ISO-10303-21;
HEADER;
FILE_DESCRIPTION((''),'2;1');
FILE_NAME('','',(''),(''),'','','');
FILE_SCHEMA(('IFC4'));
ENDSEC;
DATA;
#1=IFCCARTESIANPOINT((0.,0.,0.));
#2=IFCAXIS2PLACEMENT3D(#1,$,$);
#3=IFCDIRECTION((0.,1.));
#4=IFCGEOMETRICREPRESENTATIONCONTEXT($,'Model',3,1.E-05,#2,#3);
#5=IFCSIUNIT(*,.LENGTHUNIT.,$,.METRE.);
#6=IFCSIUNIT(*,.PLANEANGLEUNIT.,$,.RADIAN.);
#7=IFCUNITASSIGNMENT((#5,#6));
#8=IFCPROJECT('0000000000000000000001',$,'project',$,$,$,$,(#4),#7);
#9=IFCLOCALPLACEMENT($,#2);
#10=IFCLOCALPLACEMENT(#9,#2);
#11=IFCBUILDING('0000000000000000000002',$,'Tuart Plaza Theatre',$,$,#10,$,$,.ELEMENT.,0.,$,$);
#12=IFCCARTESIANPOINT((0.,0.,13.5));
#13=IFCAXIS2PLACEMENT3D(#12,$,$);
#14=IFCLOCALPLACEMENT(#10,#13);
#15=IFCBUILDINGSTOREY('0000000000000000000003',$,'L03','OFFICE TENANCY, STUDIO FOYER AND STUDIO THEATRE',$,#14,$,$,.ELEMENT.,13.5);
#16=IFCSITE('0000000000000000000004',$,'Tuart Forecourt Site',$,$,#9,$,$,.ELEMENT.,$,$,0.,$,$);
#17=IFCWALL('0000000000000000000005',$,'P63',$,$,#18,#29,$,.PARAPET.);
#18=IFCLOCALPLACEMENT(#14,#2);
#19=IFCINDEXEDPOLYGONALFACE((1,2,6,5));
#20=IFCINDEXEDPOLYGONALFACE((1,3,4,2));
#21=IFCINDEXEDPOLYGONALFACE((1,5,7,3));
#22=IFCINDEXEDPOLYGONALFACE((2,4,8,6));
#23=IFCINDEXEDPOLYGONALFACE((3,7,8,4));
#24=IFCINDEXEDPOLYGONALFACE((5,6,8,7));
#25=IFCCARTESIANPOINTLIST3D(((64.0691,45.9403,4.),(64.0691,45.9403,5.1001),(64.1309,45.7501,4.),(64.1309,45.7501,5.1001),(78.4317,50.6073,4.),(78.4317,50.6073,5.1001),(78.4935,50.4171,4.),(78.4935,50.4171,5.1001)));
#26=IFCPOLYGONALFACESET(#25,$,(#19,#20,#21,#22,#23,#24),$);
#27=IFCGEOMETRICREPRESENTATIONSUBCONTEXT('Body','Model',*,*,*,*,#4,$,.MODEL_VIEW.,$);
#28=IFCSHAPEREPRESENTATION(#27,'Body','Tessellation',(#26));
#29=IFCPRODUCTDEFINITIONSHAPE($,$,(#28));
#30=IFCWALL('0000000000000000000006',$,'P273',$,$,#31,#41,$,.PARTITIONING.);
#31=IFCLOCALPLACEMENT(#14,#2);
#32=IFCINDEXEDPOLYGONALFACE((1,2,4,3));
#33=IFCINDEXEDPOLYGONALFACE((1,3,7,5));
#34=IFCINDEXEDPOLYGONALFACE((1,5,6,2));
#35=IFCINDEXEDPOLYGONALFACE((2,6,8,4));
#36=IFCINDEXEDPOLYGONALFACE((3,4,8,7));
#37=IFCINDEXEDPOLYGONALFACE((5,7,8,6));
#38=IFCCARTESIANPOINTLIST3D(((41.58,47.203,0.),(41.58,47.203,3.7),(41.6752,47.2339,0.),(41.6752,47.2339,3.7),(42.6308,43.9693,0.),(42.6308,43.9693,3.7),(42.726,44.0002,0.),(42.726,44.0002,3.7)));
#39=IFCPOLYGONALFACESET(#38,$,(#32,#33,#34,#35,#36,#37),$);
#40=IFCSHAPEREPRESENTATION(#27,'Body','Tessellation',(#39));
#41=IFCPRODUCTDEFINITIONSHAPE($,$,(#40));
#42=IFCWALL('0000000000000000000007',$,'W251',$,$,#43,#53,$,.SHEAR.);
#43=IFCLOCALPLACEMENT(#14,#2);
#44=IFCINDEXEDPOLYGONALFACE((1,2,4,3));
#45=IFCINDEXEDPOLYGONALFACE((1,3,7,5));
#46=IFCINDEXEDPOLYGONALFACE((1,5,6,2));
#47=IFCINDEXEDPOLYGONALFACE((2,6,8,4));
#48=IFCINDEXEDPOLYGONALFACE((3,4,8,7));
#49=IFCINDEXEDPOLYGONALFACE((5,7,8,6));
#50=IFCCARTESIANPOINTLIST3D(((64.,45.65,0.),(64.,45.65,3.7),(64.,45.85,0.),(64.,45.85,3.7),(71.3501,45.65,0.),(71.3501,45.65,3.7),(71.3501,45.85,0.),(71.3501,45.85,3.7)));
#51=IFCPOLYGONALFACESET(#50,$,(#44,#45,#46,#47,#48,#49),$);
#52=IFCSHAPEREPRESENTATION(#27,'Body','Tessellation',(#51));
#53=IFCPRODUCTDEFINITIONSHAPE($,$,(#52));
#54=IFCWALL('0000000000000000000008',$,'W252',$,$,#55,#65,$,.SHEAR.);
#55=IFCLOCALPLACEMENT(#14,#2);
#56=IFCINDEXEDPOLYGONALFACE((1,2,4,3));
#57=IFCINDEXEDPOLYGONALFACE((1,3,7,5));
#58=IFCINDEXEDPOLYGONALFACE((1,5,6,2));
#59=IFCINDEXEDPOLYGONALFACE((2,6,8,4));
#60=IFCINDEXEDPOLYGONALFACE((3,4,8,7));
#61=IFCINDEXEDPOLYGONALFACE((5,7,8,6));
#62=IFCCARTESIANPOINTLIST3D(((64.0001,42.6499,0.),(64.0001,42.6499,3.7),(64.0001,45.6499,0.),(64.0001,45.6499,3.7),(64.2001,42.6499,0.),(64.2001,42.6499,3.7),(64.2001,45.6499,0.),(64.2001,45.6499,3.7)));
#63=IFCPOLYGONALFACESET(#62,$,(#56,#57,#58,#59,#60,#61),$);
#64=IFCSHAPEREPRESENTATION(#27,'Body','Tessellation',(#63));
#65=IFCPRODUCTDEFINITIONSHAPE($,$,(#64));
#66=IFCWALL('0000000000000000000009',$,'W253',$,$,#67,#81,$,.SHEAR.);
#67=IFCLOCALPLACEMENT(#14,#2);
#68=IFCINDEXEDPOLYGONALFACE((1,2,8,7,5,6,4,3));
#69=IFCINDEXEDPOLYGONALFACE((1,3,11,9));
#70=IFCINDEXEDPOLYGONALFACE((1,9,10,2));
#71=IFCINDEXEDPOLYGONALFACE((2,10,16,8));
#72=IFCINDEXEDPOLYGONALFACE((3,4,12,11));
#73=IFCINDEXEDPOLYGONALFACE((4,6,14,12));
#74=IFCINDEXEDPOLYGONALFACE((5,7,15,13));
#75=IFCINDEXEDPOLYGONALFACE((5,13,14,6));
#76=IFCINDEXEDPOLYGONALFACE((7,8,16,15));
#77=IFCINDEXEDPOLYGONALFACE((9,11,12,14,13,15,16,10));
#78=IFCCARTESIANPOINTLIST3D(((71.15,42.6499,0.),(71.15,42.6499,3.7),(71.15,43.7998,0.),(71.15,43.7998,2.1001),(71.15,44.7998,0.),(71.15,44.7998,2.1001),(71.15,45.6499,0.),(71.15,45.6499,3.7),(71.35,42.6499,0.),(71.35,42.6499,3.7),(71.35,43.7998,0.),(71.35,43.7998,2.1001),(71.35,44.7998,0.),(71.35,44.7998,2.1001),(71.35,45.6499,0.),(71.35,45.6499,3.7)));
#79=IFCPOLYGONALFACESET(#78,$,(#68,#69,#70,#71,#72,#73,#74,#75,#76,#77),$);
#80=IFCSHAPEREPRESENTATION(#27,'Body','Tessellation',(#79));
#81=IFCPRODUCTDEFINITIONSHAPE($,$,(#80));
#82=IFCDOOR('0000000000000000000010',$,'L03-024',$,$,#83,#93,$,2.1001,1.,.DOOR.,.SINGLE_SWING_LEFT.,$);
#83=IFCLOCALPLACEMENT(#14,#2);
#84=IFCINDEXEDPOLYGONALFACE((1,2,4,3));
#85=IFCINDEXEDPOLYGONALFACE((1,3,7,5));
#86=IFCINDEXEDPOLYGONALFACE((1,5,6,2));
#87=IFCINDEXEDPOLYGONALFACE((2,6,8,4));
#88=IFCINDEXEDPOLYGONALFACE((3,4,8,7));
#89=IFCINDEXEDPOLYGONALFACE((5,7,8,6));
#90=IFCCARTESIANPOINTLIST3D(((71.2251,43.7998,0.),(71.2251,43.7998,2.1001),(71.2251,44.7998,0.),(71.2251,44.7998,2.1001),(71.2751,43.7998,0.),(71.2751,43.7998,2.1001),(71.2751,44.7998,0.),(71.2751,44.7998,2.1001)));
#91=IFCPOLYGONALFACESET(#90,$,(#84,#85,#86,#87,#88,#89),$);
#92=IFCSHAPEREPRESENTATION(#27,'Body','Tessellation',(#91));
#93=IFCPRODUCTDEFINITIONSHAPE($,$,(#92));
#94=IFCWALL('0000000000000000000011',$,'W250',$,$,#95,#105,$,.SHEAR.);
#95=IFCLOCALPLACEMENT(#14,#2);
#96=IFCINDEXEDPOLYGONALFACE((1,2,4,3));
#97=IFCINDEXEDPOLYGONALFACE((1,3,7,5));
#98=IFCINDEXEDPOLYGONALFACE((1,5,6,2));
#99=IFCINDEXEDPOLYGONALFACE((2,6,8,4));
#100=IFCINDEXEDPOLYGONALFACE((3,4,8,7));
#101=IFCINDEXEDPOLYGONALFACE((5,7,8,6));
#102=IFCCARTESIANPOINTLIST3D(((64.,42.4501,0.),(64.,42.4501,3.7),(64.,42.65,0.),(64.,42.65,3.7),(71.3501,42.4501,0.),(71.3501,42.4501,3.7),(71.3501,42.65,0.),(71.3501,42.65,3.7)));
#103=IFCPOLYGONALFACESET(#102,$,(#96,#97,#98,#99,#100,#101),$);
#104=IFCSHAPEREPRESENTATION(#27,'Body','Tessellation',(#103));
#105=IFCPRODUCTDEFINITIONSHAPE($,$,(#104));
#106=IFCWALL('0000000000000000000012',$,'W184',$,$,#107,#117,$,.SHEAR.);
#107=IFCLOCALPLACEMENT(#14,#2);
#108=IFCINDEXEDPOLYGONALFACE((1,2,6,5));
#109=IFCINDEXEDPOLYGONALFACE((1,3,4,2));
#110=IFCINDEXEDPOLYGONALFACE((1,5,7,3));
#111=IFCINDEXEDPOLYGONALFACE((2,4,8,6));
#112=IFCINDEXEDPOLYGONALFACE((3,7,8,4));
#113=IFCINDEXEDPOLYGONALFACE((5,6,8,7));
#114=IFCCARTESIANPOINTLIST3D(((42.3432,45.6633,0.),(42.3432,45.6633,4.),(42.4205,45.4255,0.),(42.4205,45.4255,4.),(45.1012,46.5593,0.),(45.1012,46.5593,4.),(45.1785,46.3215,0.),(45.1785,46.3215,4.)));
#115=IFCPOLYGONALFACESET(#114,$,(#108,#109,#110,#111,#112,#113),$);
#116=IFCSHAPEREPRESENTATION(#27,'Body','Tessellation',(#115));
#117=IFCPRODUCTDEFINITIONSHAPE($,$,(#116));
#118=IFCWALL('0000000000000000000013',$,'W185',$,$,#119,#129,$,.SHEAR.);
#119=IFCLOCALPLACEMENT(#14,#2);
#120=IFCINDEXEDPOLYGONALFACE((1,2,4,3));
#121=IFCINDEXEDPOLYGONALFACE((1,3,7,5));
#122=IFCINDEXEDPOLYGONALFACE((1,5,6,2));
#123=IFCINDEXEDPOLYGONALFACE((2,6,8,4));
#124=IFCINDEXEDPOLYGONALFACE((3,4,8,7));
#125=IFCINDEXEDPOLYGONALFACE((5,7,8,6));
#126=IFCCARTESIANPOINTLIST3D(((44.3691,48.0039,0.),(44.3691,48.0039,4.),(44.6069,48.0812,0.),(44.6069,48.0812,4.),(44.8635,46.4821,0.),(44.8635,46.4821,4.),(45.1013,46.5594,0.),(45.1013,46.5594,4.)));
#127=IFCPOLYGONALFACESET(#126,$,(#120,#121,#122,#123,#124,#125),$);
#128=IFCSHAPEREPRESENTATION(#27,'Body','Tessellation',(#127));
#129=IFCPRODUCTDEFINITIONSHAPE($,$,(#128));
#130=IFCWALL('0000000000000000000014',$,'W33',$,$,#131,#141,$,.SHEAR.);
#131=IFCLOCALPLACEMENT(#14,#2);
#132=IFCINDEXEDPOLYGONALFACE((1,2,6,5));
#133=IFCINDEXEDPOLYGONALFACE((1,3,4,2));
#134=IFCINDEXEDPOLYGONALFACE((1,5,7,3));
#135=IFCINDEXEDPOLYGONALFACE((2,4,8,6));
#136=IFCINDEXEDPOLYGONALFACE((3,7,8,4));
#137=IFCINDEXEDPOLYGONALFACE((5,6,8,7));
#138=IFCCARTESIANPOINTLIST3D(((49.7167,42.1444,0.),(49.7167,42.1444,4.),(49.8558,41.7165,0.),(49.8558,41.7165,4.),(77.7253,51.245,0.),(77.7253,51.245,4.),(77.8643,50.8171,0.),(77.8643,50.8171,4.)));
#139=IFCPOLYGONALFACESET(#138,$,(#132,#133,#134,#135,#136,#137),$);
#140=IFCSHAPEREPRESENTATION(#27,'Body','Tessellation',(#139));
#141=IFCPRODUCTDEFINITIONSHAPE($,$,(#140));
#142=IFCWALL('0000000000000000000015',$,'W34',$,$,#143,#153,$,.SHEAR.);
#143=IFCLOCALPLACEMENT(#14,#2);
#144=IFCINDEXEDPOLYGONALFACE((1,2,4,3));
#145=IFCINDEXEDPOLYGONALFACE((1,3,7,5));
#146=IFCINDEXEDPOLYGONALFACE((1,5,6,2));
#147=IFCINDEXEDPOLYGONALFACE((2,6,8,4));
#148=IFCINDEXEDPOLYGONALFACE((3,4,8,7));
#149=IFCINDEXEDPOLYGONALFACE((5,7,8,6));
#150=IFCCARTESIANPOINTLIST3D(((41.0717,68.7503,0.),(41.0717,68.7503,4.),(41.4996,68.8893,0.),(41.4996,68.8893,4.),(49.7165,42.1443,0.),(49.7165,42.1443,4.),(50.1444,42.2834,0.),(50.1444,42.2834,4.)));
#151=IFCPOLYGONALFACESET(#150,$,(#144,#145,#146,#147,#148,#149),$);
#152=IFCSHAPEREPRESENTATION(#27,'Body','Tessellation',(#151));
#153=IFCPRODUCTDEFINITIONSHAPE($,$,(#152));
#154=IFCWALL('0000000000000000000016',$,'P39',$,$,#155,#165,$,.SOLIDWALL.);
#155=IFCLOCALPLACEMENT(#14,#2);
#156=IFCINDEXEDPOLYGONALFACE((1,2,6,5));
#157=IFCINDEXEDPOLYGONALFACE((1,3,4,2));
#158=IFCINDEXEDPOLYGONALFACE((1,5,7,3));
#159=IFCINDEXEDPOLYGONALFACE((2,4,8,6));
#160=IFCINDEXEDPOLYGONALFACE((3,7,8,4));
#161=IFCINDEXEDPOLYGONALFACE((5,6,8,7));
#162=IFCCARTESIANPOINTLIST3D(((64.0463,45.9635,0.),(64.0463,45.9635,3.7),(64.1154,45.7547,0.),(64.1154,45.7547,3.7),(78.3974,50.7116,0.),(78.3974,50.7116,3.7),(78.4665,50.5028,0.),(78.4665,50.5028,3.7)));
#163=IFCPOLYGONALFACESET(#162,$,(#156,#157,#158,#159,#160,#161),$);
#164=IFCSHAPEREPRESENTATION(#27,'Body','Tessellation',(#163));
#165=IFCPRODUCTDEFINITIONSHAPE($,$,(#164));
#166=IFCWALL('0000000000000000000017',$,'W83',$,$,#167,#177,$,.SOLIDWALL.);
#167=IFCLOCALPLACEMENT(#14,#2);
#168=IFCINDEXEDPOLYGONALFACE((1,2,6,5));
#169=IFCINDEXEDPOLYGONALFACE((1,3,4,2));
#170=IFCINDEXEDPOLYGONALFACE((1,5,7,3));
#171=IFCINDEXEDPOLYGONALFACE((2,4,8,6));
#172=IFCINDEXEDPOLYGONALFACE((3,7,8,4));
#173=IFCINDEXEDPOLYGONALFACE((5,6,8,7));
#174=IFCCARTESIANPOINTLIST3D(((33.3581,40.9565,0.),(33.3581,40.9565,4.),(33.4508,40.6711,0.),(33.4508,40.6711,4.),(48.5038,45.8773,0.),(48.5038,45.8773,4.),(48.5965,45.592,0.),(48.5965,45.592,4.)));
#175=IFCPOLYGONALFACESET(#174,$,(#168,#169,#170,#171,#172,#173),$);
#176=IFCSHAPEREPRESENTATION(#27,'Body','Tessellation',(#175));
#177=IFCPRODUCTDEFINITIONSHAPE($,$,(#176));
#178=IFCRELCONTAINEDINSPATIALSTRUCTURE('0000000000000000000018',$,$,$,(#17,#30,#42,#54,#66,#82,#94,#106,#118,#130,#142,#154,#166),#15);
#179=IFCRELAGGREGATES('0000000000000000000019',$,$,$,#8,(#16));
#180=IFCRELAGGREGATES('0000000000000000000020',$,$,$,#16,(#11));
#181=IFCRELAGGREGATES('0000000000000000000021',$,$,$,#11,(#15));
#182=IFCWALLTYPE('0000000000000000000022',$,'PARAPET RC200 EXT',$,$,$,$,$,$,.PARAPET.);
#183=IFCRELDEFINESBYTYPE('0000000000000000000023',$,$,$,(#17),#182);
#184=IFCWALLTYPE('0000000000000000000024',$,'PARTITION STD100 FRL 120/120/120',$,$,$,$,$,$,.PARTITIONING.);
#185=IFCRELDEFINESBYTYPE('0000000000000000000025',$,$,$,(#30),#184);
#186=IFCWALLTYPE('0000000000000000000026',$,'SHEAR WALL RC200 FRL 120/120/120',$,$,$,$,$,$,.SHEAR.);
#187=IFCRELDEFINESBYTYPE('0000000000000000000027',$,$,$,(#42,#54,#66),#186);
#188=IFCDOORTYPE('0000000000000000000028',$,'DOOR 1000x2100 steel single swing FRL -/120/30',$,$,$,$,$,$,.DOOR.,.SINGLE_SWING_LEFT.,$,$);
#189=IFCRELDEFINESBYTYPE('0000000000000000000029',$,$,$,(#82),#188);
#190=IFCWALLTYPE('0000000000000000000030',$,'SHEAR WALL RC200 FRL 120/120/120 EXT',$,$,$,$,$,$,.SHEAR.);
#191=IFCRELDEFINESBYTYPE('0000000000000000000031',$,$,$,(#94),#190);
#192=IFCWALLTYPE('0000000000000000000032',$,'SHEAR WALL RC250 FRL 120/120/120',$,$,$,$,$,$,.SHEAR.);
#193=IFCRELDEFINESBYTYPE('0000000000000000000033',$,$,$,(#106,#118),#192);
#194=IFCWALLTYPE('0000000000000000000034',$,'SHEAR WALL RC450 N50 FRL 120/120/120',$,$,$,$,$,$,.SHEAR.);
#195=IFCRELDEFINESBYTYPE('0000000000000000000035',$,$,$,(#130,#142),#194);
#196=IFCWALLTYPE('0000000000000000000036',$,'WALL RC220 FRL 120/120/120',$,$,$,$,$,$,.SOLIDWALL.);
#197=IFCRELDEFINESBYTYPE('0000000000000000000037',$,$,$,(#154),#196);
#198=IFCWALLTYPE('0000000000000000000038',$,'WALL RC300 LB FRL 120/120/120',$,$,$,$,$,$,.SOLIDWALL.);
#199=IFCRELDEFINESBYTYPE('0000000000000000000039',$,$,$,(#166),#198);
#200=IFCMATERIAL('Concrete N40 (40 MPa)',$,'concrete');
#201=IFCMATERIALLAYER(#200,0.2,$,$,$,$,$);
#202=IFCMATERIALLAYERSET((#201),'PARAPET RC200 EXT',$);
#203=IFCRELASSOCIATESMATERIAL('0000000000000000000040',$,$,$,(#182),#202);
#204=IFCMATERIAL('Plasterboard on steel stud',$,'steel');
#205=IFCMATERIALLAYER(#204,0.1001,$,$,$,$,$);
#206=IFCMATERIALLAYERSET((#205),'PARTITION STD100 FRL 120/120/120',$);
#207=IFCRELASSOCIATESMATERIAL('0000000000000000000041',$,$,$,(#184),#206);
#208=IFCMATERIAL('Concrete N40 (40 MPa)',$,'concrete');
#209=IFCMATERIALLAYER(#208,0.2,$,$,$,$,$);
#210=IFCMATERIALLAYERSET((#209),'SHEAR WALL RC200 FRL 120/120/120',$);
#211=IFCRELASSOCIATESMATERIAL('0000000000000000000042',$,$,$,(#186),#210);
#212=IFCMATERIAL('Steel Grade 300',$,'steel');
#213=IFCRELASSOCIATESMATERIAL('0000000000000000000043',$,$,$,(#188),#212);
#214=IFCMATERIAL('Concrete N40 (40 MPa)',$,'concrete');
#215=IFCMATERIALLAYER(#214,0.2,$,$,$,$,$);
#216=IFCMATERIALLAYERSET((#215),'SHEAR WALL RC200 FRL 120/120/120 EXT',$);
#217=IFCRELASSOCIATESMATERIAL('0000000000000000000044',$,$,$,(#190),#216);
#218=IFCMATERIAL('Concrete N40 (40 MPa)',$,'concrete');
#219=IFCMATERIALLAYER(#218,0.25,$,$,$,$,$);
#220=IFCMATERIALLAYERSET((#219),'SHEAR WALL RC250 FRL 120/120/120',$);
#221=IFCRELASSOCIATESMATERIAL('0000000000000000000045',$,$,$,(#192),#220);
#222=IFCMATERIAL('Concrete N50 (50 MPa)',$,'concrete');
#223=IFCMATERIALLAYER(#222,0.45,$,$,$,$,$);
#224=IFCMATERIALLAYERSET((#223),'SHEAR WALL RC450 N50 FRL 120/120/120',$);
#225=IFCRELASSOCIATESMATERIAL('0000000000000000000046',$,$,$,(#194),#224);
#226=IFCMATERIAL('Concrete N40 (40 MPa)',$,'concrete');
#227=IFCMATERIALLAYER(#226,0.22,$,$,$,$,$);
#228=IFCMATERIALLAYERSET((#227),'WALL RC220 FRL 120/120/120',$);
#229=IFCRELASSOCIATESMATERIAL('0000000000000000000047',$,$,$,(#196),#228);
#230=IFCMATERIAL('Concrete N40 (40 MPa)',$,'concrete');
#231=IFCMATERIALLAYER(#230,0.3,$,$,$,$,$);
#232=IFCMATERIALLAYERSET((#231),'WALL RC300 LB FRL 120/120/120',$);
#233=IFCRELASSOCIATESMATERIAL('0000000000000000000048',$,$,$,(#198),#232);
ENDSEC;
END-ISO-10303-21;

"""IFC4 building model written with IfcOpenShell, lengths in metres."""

from ifc_helpers import new_model, si_unit, direction, frame, frame_2d, origin, place, context, subcontext, project, spatial, rectangle, extrude, material, layer, layer_set, type_object, element, fill, save


model = new_model("IFC4")

# Units and contexts
model_context = context("Model", 3, precision=1e-05, world=origin(), true_north=direction((0.0, 1.0)))
body_context = subcontext(model_context, "Body", "Model", "MODEL_VIEW")
ifc_project = project(units=[si_unit("LENGTHUNIT", "METRE"), si_unit("PLANEANGLEUNIT", "RADIAN")], contexts=[model_context])

# Site, building, storey
site_placement = place(None, origin())
site = spatial("IfcSite", under=ifc_project, at=site_placement, Name="Tuart Forecourt Site", CompositionType="ELEMENT", RefElevation=0.0)
building_placement = place(site_placement, origin())
building = spatial("IfcBuilding", under=site, at=building_placement, Name="Tuart Plaza Theatre", CompositionType="ELEMENT", ElevationOfRefHeight=0.0)
storey_placement = place(building_placement, frame((0.0, 0.0, 13.5)))
storey = spatial("IfcBuildingStorey", under=building, at=storey_placement, Name="L03", Description="OFFICE TENANCY, STUDIO FOYER AND STUDIO THEATRE", CompositionType="ELEMENT", Elevation=13.5)

# Walls
ifc_material_1 = material(Name="Concrete N40 (40 MPa)", Category="concrete")
ifc_layer_1 = layer(ifc_material_1, 0.2)
ifc_layer_set_1 = layer_set([ifc_layer_1], Name="PARAPET RC200 EXT")
wall_type_1 = type_object("IfcWallType", Name="PARAPET RC200 EXT", PredefinedType="PARAPET", material=ifc_layer_set_1)
wall_1_placement = place(storey_placement, frame((64.1001, 45.8452, 4.0), z_axis=(0.0, 0.0, 1.0), x_axis=(0.95105, 0.309036, 0.0)))
element("IfcWall", 1, at=wall_1_placement, inside=storey, type_object=wall_type_1, Name="P63", PredefinedType="PARAPET", context=body_context, shape_type="SweptSolid", body=[
    extrude(rectangle(XDim=15.1018, YDim=0.2, at=frame_2d((7.5508, 0.0))), origin(), (0.0, 0.0, 1.0), 1.1001),
])
ifc_material_2 = material(Name="Plasterboard on steel stud", Category="steel")
ifc_layer_2 = layer(ifc_material_2, 0.1001)
ifc_layer_set_2 = layer_set([ifc_layer_2], Name="PARTITION STD100 FRL 120/120/120")
wall_type_2 = type_object("IfcWallType", Name="PARTITION STD100 FRL 120/120/120", PredefinedType="PARTITIONING", material=ifc_layer_set_2)
wall_2_placement = place(storey_placement, frame((42.6785, 43.9846, 0.0), z_axis=(0.0, 0.0, 1.0), x_axis=(-0.309045, 0.951047, 0.0)))
element("IfcWall", 2, at=wall_2_placement, inside=storey, type_object=wall_type_2, Name="P273", PredefinedType="PARTITIONING", context=body_context, shape_type="SweptSolid", body=[
    extrude(rectangle(XDim=3.4001, YDim=0.1001, at=frame_2d((1.7002, 0.0))), origin(), (0.0, 0.0, 1.0), 3.7),
])
ifc_material_3 = material(Name="Concrete N40 (40 MPa)", Category="concrete")
ifc_layer_3 = layer(ifc_material_3, 0.2)
ifc_layer_set_3 = layer_set([ifc_layer_3], Name="SHEAR WALL RC200 FRL 120/120/120")
wall_type_3 = type_object("IfcWallType", Name="SHEAR WALL RC200 FRL 120/120/120", PredefinedType="SHEAR", material=ifc_layer_set_3)
wall_3_placement = place(storey_placement, frame((71.3501, 45.75, 0.0), z_axis=(0.0, 0.0, 1.0), x_axis=(-1.0, 0.0, 0.0)))
element("IfcWall", 3, at=wall_3_placement, inside=storey, type_object=wall_type_3, Name="W251", PredefinedType="SHEAR", context=body_context, shape_type="SweptSolid", body=[
    extrude(rectangle(XDim=7.3501, YDim=0.2, at=frame_2d((3.675, 0.0))), origin(), (0.0, 0.0, 1.0), 3.7),
])
wall_4_placement = place(storey_placement, frame((64.1001, 45.6499, 0.0), z_axis=(0.0, 0.0, 1.0), x_axis=(0.0, -1.0, 0.0)))
element("IfcWall", 4, at=wall_4_placement, inside=storey, type_object=wall_type_3, Name="W252", PredefinedType="SHEAR", context=body_context, shape_type="SweptSolid", body=[
    extrude(rectangle(XDim=3.0, YDim=0.2, at=frame_2d((1.5, 0.0))), origin(), (0.0, 0.0, 1.0), 3.7),
])

# Wall, opening, door
wall_5_placement = place(storey_placement, frame((71.25, 42.6499, 0.0), z_axis=(0.0, 0.0, 1.0), x_axis=(0.0, 1.0, 0.0)))
wall_5 = element("IfcWall", 5, at=wall_5_placement, inside=storey, type_object=wall_type_3, Name="W253", PredefinedType="SHEAR", context=body_context, shape_type="SweptSolid", body=[
    extrude(rectangle(XDim=3.0, YDim=0.2, at=frame_2d((1.5, 0.0))), origin(), (0.0, 0.0, 1.0), 3.7),
])
opening_placement = place(wall_5_placement, frame((1.1499, 0.0, 0.0)))
opening = element("IfcOpeningElement", 6, at=opening_placement, cuts=wall_5, PredefinedType="OPENING", context=body_context, shape_type="SweptSolid", body=[
    extrude(rectangle(XDim=1.0, YDim=2.1001, at=frame_2d((0.5, 1.05))), frame((0.0, 0.1099, 0.0), z_axis=(0.0, -1.0, 0.0), x_axis=(1.0, 0.0, 0.0)), (0.0, 0.0, 1.0), 0.22),
])
ifc_material_4 = material(Name="Steel Grade 300", Category="steel")
door_type = type_object("IfcDoorType", Name="DOOR 1000x2100 steel single swing FRL -/120/30", OperationType="SINGLE_SWING_LEFT", PredefinedType="DOOR", material=ifc_material_4)
door_placement = place(opening_placement, origin())
door = element("IfcDoor", 7, at=door_placement, inside=storey, type_object=door_type, Name="L03-024", OperationType="SINGLE_SWING_LEFT", OverallHeight=2.1001, OverallWidth=1.0, PredefinedType="DOOR", context=body_context, shape_type="SweptSolid", body=[
    extrude(rectangle(XDim=1.0, YDim=2.1001, at=frame_2d((0.5, 1.05))), frame((0.0, 0.0249, 0.0), z_axis=(0.0, -1.0, 0.0), x_axis=(1.0, 0.0, 0.0)), (0.0, 0.0, 1.0), 0.05),
])
fill(opening, door)

# Walls
ifc_material_5 = material(Name="Concrete N40 (40 MPa)", Category="concrete")
ifc_layer_4 = layer(ifc_material_5, 0.2)
ifc_layer_set_4 = layer_set([ifc_layer_4], Name="SHEAR WALL RC200 FRL 120/120/120 EXT")
wall_type_4 = type_object("IfcWallType", Name="SHEAR WALL RC200 FRL 120/120/120 EXT", PredefinedType="SHEAR", material=ifc_layer_set_4)
wall_6_placement = place(storey_placement, frame((64.0, 42.55, 0.0), z_axis=(0.0, 0.0, 1.0), x_axis=(1.0, 0.0, 0.0)))
element("IfcWall", 8, at=wall_6_placement, inside=storey, type_object=wall_type_4, Name="W250", PredefinedType="SHEAR", context=body_context, shape_type="SweptSolid", body=[
    extrude(rectangle(XDim=7.3501, YDim=0.2, at=frame_2d((3.675, 0.0))), origin(), (0.0, 0.0, 1.0), 3.7),
])
ifc_material_6 = material(Name="Concrete N40 (40 MPa)", Category="concrete")
ifc_layer_5 = layer(ifc_material_6, 0.25)
ifc_layer_set_5 = layer_set([ifc_layer_5], Name="SHEAR WALL RC250 FRL 120/120/120")
wall_type_5 = type_object("IfcWallType", Name="SHEAR WALL RC250 FRL 120/120/120", PredefinedType="SHEAR", material=ifc_layer_set_5)
wall_7_placement = place(storey_placement, frame((42.3818, 45.5444, 0.0), z_axis=(0.0, 0.0, 1.0), x_axis=(0.951072, 0.30897, 0.0)))
element("IfcWall", 9, at=wall_7_placement, inside=storey, type_object=wall_type_5, Name="W184", PredefinedType="SHEAR", context=body_context, shape_type="SweptSolid", body=[
    extrude(rectangle(XDim=2.8999, YDim=0.25, at=frame_2d((1.45, 0.0))), origin(), (0.0, 0.0, 1.0), 4.0),
])
wall_8_placement = place(storey_placement, frame((44.9824, 46.5208, 0.0), z_axis=(0.0, 0.0, 1.0), x_axis=(-0.308986, 0.951067, 0.0)))
element("IfcWall", 10, at=wall_8_placement, inside=storey, type_object=wall_type_5, Name="W185", PredefinedType="SHEAR", context=body_context, shape_type="SweptSolid", body=[
    extrude(rectangle(XDim=1.6001, YDim=0.25, at=frame_2d((0.8, 0.0))), origin(), (0.0, 0.0, 1.0), 4.0),
])
ifc_material_7 = material(Name="Concrete N50 (50 MPa)", Category="concrete")
ifc_layer_6 = layer(ifc_material_7, 0.45)
ifc_layer_set_6 = layer_set([ifc_layer_6], Name="SHEAR WALL RC450 N50 FRL 120/120/120")
wall_type_6 = type_object("IfcWallType", Name="SHEAR WALL RC450 N50 FRL 120/120/120", PredefinedType="SHEAR", material=ifc_layer_set_6)
wall_9_placement = place(storey_placement, frame((49.7861, 41.9304, 0.0), z_axis=(0.0, 0.0, 1.0), x_axis=(0.951056, 0.309019, 0.0)))
element("IfcWall", 11, at=wall_9_placement, inside=storey, type_object=wall_type_6, Name="W33", PredefinedType="SHEAR", context=body_context, shape_type="SweptSolid", body=[
    extrude(rectangle(XDim=29.45, YDim=0.45, at=frame_2d((14.7251, 0.0))), origin(), (0.0, 0.0, 1.0), 4.0),
])
wall_10_placement = place(storey_placement, frame((49.9304, 42.2139, 0.0), z_axis=(0.0, 0.0, 1.0), x_axis=(-0.309016, 0.951057, 0.0)))
element("IfcWall", 12, at=wall_10_placement, inside=storey, type_object=wall_type_6, Name="W34", PredefinedType="SHEAR", context=body_context, shape_type="SweptSolid", body=[
    extrude(rectangle(XDim=27.9751, YDim=0.45, at=frame_2d((13.9875, 0.0))), origin(), (0.0, 0.0, 1.0), 4.0),
])
ifc_material_8 = material(Name="Concrete N40 (40 MPa)", Category="concrete")
ifc_layer_7 = layer(ifc_material_8, 0.22)
ifc_layer_set_7 = layer_set([ifc_layer_7], Name="WALL RC220 FRL 120/120/120")
wall_type_7 = type_object("IfcWallType", Name="WALL RC220 FRL 120/120/120", PredefinedType="SOLIDWALL", material=ifc_layer_set_7)
wall_11_placement = place(storey_placement, frame((64.0808, 45.8591, 0.0), z_axis=(0.0, 0.0, 1.0), x_axis=(0.949388, 0.314105, 0.0)))
element("IfcWall", 13, at=wall_11_placement, inside=storey, type_object=wall_type_7, Name="P39", PredefinedType="SOLIDWALL", context=body_context, shape_type="SweptSolid", body=[
    extrude(rectangle(XDim=15.1162, YDim=0.22, at=frame_2d((7.5581, 0.0))), origin(), (0.0, 0.0, 1.0), 3.7),
])
ifc_material_9 = material(Name="Concrete N40 (40 MPa)", Category="concrete")
ifc_layer_8 = layer(ifc_material_9, 0.3)
ifc_layer_set_8 = layer_set([ifc_layer_8], Name="WALL RC300 LB FRL 120/120/120")
wall_type_8 = type_object("IfcWallType", Name="WALL RC300 LB FRL 120/120/120", PredefinedType="SOLIDWALL", material=ifc_layer_set_8)
wall_12_placement = place(storey_placement, frame((48.55, 45.7346, 0.0), z_axis=(0.0, 0.0, 1.0), x_axis=(-0.951061, -0.309003, 0.0)))
element("IfcWall", 14, at=wall_12_placement, inside=storey, type_object=wall_type_8, Name="W83", PredefinedType="SOLIDWALL", context=body_context, shape_type="SweptSolid", body=[
    extrude(rectangle(XDim=15.925, YDim=0.3, at=frame_2d((7.9624, 0.0))), origin(), (0.0, 0.0, 1.0), 4.0),
])

save(model, "model.ifc")
